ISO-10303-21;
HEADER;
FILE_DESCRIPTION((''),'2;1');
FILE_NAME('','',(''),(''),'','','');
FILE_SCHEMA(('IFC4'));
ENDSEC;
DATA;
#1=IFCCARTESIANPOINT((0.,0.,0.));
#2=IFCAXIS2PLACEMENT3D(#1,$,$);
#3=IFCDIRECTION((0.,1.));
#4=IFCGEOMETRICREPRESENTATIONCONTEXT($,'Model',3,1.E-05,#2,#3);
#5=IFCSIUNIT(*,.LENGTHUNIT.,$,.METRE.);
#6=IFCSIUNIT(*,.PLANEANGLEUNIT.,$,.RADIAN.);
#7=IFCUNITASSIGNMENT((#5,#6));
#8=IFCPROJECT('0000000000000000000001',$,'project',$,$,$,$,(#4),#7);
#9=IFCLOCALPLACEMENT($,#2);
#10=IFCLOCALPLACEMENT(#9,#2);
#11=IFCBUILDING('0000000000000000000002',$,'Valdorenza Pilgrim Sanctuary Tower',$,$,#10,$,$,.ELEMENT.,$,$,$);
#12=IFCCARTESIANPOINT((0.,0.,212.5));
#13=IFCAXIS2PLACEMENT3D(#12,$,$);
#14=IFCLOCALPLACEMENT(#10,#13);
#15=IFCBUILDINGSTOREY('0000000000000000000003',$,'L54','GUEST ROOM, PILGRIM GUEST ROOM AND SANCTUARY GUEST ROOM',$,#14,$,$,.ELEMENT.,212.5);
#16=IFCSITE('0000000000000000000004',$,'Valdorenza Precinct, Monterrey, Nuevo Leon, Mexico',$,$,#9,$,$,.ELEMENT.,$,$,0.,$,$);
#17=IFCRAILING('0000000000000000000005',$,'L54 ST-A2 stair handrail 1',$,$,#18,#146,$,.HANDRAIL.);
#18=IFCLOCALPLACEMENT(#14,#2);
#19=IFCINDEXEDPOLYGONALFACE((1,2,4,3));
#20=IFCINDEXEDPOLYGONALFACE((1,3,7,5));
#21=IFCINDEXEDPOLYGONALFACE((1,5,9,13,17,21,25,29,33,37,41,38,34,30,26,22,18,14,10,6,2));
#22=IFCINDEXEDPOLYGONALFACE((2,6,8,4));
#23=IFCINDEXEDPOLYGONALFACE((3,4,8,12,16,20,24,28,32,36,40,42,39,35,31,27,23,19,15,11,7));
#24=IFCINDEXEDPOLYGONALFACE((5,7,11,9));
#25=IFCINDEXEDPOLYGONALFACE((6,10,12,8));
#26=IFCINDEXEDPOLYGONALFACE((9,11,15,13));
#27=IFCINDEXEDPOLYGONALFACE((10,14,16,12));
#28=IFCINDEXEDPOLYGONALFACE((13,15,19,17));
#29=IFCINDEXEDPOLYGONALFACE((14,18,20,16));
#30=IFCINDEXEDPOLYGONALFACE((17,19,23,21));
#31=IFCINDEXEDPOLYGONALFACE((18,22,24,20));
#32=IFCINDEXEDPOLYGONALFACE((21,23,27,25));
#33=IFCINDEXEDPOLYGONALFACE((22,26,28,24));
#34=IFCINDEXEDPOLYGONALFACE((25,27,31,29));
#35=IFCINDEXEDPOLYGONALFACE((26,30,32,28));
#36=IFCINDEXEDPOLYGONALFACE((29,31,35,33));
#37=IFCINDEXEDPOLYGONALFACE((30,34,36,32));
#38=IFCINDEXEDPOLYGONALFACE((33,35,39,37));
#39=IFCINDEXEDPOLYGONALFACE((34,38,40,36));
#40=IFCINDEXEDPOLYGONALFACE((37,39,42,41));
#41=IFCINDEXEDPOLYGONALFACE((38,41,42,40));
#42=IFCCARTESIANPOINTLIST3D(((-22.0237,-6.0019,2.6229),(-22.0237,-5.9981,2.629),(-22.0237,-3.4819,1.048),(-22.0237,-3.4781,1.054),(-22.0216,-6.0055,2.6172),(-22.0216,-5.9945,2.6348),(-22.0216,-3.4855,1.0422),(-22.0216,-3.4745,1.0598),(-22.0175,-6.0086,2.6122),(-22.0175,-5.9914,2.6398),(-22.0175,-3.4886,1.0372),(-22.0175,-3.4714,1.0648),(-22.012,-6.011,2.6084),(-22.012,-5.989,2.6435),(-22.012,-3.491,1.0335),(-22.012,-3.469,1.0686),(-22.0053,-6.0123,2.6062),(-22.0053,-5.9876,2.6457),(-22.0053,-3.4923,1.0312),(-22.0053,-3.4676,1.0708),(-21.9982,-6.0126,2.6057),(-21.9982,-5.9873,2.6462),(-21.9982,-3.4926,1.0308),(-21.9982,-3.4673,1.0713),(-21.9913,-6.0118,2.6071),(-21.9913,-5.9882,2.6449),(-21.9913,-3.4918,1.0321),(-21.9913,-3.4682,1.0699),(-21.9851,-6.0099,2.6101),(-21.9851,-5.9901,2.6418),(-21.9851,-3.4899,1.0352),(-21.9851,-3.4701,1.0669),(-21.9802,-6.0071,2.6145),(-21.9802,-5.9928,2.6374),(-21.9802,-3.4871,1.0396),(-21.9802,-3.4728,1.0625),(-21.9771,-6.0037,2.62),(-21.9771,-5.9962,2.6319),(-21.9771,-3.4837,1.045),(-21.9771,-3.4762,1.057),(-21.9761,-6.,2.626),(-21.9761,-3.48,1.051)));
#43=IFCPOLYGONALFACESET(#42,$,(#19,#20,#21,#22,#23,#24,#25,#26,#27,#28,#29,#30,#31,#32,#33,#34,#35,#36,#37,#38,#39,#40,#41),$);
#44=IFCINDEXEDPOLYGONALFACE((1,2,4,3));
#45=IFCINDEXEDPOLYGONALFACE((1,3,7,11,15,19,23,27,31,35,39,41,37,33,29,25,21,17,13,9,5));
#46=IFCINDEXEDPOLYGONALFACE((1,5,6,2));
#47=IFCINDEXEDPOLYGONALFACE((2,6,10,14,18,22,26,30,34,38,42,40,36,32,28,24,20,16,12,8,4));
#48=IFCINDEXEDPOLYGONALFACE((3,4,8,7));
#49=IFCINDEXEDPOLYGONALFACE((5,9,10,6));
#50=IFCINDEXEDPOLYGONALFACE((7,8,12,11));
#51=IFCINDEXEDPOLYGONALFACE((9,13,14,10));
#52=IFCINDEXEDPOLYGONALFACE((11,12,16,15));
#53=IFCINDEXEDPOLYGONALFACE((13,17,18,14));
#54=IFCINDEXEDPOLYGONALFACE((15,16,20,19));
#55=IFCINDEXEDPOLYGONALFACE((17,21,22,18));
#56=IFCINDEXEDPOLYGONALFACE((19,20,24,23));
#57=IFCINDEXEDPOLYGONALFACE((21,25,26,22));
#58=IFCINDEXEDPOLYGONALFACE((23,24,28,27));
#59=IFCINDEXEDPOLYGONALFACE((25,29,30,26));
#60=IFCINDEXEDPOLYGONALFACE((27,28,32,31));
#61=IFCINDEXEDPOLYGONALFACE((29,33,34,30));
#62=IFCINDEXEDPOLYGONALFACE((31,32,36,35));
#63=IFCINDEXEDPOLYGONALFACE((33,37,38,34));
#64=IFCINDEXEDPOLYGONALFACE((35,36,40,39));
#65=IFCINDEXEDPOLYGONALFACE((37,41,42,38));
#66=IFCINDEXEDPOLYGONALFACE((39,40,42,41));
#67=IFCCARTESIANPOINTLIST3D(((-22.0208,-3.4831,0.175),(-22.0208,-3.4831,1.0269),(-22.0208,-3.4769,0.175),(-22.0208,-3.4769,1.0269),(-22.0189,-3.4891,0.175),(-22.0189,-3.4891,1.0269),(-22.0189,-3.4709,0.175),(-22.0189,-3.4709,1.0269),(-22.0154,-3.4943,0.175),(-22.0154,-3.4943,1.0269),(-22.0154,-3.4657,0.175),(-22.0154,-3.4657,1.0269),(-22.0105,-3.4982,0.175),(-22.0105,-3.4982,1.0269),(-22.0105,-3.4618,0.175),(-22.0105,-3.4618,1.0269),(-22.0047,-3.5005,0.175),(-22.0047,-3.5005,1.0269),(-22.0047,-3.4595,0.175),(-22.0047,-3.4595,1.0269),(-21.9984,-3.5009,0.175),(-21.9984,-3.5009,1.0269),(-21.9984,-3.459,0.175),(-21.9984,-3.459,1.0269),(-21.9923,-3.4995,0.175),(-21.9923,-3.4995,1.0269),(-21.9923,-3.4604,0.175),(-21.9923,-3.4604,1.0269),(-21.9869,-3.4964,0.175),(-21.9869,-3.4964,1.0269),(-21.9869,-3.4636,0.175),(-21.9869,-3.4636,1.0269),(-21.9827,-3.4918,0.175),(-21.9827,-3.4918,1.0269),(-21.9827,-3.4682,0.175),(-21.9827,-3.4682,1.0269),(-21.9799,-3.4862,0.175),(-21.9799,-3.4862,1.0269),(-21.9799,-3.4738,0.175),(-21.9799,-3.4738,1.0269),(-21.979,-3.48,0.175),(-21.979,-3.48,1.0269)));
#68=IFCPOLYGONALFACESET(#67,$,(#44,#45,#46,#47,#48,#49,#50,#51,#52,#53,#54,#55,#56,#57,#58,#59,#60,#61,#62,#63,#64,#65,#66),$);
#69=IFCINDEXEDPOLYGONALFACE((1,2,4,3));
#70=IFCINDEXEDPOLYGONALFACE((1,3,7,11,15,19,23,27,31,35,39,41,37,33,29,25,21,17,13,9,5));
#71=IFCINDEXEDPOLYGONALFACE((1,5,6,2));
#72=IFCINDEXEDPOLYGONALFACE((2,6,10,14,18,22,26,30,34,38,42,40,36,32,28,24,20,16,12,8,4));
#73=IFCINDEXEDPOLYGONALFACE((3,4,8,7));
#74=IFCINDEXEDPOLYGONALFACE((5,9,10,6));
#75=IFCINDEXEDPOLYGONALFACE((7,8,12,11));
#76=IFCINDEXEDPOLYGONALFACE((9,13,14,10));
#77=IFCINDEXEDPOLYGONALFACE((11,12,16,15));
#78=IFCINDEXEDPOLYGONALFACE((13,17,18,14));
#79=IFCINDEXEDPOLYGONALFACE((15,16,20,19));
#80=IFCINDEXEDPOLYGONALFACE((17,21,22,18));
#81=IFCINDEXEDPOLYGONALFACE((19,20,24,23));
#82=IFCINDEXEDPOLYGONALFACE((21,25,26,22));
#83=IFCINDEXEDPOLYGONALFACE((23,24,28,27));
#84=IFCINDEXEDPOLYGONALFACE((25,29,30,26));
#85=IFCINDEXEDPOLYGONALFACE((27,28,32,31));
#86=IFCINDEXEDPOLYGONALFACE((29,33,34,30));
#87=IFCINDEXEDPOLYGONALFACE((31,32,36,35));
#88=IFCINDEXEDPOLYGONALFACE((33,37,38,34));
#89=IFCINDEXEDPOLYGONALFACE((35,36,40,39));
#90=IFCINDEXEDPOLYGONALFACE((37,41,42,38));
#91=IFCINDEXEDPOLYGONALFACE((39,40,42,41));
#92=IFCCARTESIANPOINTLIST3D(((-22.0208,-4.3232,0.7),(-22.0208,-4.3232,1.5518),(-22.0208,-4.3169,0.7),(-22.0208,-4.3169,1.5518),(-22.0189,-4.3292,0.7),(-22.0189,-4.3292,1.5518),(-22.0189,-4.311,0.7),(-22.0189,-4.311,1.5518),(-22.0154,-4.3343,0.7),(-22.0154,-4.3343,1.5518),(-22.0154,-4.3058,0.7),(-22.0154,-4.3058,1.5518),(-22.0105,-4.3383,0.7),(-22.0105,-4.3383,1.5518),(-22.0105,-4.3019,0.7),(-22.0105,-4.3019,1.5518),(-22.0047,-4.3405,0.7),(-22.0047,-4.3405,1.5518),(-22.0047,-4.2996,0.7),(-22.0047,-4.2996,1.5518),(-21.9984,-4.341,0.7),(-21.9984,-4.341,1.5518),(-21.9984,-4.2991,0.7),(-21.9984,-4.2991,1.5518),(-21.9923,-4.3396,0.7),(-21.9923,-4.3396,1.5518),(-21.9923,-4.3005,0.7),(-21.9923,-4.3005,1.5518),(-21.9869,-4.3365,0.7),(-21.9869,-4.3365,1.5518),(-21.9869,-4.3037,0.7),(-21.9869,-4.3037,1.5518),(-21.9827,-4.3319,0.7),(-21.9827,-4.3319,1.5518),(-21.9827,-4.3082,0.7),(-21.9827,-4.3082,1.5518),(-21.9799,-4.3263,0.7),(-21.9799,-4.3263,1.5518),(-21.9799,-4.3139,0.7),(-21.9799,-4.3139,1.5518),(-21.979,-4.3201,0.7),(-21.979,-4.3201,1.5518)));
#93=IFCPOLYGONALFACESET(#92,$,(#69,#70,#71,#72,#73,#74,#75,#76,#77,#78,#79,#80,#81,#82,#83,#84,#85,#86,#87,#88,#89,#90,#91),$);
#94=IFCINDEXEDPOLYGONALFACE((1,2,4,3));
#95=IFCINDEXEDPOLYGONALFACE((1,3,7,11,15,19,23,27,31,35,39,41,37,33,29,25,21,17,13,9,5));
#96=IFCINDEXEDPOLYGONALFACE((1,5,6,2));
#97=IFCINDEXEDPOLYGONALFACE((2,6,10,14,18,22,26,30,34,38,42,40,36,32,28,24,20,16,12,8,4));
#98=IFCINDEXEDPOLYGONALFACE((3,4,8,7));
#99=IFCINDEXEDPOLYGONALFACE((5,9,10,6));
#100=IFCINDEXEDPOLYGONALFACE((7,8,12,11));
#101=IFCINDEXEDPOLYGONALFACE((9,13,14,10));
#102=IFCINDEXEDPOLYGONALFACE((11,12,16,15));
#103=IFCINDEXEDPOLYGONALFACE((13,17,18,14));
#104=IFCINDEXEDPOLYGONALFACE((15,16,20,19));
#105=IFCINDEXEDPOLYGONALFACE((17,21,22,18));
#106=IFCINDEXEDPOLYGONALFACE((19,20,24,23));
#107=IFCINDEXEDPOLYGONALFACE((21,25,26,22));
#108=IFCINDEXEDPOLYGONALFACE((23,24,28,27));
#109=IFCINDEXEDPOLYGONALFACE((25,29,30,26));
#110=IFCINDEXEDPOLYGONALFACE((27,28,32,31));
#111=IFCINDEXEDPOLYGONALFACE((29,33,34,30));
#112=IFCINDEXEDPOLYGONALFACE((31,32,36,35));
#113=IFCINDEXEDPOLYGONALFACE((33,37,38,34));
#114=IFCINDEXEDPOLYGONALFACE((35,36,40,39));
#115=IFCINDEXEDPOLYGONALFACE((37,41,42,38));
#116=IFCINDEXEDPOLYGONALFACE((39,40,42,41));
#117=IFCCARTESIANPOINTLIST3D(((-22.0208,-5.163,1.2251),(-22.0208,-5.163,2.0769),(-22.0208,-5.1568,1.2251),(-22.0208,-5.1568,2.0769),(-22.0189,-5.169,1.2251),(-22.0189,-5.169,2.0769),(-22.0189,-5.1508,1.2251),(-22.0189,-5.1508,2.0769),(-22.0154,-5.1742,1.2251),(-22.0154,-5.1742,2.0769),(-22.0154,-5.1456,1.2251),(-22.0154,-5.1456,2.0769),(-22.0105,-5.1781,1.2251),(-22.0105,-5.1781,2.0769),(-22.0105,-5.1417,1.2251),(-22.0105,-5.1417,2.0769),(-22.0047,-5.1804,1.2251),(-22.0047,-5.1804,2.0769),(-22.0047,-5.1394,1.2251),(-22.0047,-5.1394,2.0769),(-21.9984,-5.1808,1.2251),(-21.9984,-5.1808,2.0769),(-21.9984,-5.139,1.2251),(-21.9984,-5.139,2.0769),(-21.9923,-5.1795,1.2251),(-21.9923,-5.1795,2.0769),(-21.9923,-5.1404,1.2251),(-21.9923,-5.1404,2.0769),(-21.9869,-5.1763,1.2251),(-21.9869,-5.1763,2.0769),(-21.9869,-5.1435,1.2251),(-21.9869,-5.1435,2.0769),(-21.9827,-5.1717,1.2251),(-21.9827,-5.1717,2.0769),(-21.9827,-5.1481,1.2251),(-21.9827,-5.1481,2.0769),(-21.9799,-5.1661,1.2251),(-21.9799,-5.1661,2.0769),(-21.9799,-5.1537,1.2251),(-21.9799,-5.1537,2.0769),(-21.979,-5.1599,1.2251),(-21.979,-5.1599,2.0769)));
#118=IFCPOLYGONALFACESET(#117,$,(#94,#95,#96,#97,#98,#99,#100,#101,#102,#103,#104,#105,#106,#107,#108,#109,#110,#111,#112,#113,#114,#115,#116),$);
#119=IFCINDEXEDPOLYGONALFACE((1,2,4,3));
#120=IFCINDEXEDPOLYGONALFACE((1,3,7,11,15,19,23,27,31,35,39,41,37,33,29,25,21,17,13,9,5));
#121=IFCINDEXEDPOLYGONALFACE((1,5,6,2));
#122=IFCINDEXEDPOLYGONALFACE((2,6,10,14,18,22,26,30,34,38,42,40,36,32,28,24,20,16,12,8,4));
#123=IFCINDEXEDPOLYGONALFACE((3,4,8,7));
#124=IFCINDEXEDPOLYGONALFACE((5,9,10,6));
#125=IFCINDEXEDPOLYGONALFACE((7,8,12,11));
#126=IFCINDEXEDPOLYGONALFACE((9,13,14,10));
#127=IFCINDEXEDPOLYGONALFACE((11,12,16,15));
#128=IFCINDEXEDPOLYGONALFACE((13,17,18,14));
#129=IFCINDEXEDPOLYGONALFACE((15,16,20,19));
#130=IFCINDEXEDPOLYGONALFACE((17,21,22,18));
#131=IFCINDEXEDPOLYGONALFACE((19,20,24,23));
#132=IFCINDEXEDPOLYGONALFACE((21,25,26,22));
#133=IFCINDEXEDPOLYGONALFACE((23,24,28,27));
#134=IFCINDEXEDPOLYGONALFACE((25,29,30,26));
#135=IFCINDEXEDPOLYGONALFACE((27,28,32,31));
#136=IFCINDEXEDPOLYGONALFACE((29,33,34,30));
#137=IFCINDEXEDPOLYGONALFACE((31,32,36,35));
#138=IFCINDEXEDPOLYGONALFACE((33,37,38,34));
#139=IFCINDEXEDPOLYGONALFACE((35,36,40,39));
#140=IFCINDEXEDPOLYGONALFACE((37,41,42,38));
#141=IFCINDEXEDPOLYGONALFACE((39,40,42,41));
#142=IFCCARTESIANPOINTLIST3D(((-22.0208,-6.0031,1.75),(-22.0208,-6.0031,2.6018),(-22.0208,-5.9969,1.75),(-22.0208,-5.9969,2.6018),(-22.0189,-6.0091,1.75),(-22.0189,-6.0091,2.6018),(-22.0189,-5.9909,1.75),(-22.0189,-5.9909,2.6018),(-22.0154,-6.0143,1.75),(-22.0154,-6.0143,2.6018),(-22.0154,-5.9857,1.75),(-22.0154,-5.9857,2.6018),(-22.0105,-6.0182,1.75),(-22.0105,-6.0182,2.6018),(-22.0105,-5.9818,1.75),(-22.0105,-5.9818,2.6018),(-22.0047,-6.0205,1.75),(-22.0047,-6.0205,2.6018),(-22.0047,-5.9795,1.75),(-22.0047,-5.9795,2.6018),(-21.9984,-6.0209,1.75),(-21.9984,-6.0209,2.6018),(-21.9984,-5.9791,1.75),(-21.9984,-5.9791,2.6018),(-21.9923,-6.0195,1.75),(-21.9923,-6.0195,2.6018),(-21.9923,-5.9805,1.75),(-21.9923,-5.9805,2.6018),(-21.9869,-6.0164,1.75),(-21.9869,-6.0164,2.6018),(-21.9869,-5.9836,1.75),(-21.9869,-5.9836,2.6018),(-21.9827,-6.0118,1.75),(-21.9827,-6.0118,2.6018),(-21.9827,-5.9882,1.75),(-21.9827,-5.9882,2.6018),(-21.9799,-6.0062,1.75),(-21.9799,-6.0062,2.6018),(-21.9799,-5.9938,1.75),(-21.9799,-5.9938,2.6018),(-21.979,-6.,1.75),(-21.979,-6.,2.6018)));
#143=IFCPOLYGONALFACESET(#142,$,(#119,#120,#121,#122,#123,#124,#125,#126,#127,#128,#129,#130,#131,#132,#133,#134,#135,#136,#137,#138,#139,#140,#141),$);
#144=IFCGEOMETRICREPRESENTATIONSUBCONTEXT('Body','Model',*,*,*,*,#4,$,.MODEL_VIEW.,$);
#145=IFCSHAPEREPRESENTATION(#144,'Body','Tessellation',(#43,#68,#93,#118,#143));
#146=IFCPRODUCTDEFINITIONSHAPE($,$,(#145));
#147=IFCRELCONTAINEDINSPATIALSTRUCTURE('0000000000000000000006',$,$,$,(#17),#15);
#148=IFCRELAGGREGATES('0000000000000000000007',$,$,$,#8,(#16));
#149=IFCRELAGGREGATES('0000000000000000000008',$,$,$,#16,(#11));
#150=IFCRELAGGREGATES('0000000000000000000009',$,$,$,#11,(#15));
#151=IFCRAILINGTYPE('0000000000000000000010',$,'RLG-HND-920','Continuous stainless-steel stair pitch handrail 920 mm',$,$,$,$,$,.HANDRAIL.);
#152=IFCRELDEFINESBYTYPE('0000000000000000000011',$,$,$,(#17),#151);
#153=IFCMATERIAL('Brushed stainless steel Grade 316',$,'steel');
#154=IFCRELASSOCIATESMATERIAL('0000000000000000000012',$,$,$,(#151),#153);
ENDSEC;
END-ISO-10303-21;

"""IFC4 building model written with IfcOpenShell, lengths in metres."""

from ifc_helpers import new_model, si_unit, direction, frame, origin, origin_2d, place, context, subcontext, project, spatial, circle, extrude, material, type_object, element, save


model = new_model("IFC4")

# Units and contexts
model_context = context("Model", 3, precision=1e-05, world=origin(), true_north=direction((0.0, 1.0)))
body_context = subcontext(model_context, "Body", "Model", "MODEL_VIEW")
ifc_project = project(units=[si_unit("LENGTHUNIT", "METRE"), si_unit("PLANEANGLEUNIT", "RADIAN")], contexts=[model_context])

# Site, building, storey
site_placement = place(None, origin())
site = spatial("IfcSite", under=ifc_project, at=site_placement, Name="Valdorenza Precinct, Monterrey, Nuevo Leon, Mexico", CompositionType="ELEMENT", RefElevation=0.0)
building_placement = place(site_placement, origin())
building = spatial("IfcBuilding", under=site, at=building_placement, Name="Valdorenza Pilgrim Sanctuary Tower", CompositionType="ELEMENT")
storey_placement = place(building_placement, frame((0.0, 0.0, 212.5)))
storey = spatial("IfcBuildingStorey", under=building, at=storey_placement, Name="L54", Description="GUEST ROOM, PILGRIM GUEST ROOM AND SANCTUARY GUEST ROOM", CompositionType="ELEMENT", Elevation=212.5)

# Railing
ifc_material_1 = material(Name="Brushed stainless steel Grade 316", Category="steel")
railing_type_1 = type_object("IfcRailingType", Name="RLG-HND-920", Description="Continuous stainless-steel stair pitch handrail 920 mm", PredefinedType="HANDRAIL", material=ifc_material_1)
railing_1_placement = place(storey_placement, frame((-22.0, -3.48, 0.175)))
element("IfcRailing", 1, at=railing_1_placement, inside=storey, type_object=railing_type_1, Name="L54 ST-A2 stair handrail 1", PredefinedType="HANDRAIL", context=body_context, shape_type="SweptSolid", body=[
    extrude(circle(Radius=0.0239, at=origin_2d()), frame((0.0, 0.0, 0.876), z_axis=(0.0, -0.848008, 0.529984), x_axis=(1.0, 0.0, 0.0)), (0.0, 0.0, 1.0), 2.9717),
    extrude(circle(Radius=0.021, at=origin_2d()), origin(), (0.0, 0.0, 1.0), 0.8518),
    extrude(circle(Radius=0.021, at=origin_2d()), frame((0.0, -0.8401, 0.5249)), (0.0, 0.0, 1.0), 0.8518),
    extrude(circle(Radius=0.021, at=origin_2d()), frame((0.0, -1.6799, 1.05)), (0.0, 0.0, 1.0), 0.8518),
    extrude(circle(Radius=0.021, at=origin_2d()), frame((0.0, -2.52, 1.575)), (0.0, 0.0, 1.0), 0.8518),
])

save(model, "model.ifc")
